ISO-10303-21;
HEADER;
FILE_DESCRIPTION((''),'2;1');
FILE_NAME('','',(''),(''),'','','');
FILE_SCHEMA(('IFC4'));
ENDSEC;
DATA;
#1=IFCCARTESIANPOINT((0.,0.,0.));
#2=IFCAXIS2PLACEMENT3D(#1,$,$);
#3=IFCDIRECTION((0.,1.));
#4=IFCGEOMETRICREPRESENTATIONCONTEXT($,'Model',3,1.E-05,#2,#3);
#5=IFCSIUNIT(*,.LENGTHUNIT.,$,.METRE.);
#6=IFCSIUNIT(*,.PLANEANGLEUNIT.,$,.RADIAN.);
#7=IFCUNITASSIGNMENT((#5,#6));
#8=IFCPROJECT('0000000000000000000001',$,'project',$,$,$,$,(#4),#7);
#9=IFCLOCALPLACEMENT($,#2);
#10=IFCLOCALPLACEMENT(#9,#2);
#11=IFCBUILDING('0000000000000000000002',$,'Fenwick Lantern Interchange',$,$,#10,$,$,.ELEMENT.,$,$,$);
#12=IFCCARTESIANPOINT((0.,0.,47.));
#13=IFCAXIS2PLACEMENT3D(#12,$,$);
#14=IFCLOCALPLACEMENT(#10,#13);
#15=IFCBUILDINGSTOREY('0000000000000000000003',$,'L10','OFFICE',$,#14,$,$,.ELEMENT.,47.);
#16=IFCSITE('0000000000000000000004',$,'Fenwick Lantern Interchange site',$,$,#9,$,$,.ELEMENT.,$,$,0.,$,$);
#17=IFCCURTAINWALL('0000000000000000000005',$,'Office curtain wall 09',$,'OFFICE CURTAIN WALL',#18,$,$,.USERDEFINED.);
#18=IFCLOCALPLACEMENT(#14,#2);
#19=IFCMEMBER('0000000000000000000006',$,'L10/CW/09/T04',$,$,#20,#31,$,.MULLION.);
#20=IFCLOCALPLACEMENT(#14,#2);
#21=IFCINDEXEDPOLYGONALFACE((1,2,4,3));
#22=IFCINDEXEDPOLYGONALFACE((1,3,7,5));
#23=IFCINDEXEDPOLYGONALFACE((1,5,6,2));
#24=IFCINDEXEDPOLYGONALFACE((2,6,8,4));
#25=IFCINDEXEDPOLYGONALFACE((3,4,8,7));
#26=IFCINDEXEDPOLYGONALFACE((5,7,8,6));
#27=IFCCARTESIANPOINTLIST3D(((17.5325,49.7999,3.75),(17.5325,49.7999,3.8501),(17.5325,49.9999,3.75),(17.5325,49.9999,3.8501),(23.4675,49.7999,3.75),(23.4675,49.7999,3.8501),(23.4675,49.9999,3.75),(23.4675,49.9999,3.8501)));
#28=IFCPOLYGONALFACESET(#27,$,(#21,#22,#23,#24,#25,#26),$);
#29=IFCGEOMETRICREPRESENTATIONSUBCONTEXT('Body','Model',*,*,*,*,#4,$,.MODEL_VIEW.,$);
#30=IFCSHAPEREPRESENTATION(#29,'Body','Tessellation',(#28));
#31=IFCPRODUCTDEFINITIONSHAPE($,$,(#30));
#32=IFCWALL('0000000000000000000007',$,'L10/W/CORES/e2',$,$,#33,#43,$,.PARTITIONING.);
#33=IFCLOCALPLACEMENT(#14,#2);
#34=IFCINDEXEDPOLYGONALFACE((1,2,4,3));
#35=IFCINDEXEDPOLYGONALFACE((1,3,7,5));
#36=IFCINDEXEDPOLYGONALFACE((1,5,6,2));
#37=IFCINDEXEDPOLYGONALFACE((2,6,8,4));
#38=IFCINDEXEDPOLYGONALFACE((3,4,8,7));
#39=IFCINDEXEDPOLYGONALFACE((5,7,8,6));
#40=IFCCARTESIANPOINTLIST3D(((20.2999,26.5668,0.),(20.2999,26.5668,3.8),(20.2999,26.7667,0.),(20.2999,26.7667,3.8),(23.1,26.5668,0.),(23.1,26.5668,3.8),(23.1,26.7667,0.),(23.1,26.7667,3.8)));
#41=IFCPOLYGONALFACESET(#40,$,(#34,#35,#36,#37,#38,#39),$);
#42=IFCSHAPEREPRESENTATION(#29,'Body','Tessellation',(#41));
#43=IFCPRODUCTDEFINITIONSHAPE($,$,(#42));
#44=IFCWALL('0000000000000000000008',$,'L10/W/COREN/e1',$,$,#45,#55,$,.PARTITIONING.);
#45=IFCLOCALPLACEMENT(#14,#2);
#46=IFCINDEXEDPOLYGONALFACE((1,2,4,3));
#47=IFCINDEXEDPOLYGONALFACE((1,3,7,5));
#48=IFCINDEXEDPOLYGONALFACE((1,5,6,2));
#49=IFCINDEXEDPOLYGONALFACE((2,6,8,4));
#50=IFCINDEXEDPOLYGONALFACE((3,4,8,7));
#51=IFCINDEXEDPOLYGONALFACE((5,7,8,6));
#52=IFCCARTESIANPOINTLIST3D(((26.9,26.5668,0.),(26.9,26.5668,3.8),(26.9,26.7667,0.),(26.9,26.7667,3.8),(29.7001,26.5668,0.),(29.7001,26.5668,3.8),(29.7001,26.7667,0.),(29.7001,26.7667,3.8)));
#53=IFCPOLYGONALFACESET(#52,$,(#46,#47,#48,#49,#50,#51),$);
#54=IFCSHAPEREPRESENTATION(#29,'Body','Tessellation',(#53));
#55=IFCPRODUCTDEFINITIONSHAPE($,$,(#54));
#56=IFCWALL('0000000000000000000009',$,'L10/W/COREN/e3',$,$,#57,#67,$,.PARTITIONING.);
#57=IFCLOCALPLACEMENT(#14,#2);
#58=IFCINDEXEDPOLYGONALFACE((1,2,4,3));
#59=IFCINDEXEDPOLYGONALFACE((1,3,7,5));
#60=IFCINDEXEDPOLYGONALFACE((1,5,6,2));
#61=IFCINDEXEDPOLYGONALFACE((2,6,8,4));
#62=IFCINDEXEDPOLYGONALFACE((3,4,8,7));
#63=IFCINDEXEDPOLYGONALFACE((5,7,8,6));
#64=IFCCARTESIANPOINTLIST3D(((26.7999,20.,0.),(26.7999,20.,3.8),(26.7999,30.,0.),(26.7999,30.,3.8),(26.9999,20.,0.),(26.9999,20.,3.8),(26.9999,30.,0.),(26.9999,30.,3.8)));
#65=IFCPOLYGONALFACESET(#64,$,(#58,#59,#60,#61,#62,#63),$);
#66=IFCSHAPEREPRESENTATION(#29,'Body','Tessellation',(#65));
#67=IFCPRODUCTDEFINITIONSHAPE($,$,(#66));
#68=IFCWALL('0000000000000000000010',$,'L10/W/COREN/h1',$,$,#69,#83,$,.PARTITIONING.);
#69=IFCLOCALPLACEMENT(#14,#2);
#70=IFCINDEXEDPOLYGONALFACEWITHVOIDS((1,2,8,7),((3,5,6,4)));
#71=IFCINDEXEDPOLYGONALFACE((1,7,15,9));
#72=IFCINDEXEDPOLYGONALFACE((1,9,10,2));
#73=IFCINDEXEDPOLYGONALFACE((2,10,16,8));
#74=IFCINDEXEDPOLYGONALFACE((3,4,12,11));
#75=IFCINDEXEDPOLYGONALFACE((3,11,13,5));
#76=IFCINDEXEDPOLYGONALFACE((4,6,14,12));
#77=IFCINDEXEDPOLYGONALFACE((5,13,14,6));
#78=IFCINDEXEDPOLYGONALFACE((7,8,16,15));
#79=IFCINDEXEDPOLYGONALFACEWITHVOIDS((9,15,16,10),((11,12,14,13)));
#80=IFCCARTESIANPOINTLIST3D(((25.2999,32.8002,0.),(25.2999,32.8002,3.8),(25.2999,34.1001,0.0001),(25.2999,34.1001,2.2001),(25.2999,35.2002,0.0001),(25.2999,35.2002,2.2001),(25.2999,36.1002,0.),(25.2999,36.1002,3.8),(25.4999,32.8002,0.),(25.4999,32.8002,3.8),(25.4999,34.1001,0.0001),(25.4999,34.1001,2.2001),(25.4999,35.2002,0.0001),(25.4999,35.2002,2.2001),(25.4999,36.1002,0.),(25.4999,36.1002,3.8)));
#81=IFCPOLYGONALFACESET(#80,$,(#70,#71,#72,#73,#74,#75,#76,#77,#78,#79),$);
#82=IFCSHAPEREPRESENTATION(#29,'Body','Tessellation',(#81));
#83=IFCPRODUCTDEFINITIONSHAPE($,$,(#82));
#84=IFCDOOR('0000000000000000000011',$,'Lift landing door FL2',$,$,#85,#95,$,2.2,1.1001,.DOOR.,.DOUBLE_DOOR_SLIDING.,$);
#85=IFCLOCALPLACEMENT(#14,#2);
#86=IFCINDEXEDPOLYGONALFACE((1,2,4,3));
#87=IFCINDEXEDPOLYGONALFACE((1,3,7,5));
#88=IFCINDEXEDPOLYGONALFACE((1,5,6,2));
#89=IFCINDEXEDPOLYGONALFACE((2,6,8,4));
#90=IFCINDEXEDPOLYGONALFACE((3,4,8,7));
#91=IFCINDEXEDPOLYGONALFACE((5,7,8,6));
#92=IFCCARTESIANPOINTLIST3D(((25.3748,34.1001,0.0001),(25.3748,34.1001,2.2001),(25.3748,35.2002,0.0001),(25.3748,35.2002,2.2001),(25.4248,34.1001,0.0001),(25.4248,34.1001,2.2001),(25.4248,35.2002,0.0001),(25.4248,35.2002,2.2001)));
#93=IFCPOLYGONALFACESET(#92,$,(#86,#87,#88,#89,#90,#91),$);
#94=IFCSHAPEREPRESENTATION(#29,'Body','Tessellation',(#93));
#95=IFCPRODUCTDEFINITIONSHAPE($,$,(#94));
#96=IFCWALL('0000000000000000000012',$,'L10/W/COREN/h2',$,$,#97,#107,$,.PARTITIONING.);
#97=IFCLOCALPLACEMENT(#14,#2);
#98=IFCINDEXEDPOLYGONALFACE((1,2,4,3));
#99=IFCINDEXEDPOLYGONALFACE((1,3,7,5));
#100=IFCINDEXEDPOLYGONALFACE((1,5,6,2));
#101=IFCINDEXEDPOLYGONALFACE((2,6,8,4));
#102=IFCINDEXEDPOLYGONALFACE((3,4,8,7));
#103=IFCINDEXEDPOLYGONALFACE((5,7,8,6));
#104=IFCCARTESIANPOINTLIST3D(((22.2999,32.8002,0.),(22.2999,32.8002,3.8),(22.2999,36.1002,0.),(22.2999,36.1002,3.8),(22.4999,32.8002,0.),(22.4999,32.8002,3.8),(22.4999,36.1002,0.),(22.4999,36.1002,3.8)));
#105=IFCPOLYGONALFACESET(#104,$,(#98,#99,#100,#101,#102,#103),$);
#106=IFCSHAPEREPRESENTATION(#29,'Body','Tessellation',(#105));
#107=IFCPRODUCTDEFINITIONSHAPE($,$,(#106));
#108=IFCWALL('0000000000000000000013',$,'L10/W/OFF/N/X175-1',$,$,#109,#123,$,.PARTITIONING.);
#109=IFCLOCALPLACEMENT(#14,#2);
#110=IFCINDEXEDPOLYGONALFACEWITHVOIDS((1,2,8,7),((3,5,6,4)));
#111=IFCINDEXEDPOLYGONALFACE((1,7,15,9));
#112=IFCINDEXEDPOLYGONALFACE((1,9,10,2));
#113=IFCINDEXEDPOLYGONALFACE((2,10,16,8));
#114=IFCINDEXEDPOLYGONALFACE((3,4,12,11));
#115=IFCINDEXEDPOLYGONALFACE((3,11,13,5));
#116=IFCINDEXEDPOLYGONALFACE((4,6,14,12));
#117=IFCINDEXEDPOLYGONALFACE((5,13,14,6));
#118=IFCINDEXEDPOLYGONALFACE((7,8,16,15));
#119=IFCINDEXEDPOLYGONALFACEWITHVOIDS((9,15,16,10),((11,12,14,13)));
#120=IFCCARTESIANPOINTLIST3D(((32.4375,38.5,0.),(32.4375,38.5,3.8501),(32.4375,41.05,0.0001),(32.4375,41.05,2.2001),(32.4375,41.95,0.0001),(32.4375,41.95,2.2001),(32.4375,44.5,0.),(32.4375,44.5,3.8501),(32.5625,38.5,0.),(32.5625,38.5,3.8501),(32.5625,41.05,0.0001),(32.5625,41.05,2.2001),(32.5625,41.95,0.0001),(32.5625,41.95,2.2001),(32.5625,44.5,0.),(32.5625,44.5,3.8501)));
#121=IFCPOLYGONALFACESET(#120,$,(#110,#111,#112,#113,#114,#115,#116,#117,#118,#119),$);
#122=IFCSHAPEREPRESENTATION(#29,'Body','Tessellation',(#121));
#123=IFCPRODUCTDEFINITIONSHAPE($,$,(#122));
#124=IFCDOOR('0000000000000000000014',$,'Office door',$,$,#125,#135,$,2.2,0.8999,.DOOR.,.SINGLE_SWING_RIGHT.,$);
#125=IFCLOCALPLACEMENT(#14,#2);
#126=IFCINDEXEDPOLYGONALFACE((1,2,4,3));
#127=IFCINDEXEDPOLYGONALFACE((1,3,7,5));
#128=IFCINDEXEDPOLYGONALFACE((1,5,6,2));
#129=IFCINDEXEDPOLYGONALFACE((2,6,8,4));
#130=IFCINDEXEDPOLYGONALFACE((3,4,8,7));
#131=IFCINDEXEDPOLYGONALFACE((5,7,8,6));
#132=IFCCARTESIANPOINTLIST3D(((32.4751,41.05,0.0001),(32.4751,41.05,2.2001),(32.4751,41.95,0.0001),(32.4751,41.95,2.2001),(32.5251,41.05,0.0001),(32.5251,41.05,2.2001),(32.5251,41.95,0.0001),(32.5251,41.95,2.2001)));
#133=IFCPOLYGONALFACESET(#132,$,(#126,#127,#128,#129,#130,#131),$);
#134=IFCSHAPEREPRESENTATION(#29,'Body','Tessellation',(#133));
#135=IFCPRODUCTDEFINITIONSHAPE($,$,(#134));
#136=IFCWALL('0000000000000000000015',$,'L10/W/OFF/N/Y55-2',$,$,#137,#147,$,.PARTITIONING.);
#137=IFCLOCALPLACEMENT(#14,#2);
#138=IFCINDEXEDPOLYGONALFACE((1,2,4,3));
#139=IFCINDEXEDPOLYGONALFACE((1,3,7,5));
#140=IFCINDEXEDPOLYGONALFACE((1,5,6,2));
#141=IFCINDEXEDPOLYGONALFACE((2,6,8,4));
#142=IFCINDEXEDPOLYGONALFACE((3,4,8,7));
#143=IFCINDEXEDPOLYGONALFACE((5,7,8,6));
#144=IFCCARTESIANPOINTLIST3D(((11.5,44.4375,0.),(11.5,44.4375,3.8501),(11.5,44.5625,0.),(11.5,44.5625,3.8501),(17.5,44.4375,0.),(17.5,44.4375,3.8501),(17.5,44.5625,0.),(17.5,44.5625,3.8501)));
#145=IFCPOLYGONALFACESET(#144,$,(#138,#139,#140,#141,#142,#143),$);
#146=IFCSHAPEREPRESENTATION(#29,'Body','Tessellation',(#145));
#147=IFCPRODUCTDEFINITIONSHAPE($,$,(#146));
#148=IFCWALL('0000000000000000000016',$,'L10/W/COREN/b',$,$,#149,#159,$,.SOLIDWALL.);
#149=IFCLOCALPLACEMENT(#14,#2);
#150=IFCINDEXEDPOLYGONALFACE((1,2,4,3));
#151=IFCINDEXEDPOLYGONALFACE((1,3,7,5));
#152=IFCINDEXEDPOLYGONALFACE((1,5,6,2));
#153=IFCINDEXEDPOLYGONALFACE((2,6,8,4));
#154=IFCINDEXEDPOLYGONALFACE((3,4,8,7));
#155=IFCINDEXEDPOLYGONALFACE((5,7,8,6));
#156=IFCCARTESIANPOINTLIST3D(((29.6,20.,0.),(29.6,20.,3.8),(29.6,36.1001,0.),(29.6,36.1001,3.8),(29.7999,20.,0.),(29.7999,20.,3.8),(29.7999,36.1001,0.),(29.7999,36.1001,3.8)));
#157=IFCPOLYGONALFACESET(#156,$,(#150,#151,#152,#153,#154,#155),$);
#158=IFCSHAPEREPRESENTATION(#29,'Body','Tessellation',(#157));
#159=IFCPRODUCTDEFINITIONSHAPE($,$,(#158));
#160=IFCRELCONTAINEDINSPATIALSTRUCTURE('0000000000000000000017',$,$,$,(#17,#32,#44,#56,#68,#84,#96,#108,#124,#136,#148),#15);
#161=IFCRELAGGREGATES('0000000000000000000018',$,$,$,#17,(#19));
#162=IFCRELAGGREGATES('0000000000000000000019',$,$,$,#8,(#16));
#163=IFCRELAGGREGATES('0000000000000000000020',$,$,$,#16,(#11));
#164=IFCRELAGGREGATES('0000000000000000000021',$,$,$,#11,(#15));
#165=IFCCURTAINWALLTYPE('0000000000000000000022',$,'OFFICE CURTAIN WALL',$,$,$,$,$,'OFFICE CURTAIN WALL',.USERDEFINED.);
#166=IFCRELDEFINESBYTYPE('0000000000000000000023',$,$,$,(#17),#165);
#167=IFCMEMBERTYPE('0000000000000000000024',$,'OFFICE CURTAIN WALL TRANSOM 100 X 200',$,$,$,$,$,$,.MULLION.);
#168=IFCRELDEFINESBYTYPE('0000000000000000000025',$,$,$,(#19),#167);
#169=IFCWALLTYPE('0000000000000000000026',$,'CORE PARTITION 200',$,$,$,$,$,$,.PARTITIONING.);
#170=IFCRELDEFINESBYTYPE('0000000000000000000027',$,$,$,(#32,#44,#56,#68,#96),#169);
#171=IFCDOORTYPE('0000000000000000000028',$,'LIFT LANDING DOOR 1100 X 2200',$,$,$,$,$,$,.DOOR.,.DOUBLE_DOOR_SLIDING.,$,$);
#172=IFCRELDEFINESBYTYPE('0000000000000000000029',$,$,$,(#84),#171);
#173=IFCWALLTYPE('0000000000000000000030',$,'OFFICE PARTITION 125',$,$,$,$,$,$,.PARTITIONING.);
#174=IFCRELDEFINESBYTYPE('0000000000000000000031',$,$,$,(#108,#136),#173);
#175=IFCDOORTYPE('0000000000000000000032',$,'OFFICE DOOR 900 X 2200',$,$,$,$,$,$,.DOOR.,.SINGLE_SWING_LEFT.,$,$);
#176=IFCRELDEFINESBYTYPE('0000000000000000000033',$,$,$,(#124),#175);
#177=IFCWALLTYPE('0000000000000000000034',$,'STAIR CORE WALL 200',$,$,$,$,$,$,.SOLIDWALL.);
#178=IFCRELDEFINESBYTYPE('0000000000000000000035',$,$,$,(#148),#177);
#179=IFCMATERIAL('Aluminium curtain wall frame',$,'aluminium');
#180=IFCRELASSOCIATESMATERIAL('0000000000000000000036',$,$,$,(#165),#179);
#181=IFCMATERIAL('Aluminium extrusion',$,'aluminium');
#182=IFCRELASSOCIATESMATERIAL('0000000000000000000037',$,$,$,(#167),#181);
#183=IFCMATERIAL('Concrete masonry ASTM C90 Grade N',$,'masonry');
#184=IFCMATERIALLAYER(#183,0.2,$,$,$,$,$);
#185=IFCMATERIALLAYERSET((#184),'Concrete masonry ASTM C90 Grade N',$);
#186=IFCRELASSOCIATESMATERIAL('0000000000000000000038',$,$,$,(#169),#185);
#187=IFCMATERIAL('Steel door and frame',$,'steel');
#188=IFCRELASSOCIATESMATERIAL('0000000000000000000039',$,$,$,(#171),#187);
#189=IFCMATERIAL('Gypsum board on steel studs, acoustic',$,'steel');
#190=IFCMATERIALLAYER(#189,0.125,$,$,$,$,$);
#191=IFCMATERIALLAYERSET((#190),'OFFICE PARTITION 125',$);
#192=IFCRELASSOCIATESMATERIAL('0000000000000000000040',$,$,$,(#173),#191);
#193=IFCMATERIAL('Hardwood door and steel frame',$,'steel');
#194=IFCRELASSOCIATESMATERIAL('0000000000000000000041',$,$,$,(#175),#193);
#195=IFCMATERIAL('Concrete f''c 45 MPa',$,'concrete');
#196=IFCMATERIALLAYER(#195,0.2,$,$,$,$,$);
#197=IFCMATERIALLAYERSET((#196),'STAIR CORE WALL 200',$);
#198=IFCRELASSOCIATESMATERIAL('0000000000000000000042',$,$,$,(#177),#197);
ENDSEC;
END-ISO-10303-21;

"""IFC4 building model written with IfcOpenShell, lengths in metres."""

from ifc_helpers import new_model, si_unit, direction, frame, frame_2d, origin, origin_2d, place, context, subcontext, project, spatial, rectangle, extrude, material, layer, layer_set, material_profile, profile_set, type_object, element, fill, aggregate, save


model = new_model("IFC4")

# Units and contexts
model_context = context("Model", 3, precision=1e-05, world=origin(), true_north=direction((0.0, 1.0)))
body_context = subcontext(model_context, "Body", "Model", "MODEL_VIEW")
ifc_project = project(units=[si_unit("LENGTHUNIT", "METRE"), si_unit("PLANEANGLEUNIT", "RADIAN")], contexts=[model_context])

# Site, building, storey
site_placement = place(None, origin())
site = spatial("IfcSite", under=ifc_project, at=site_placement, Name="Fenwick Lantern Interchange site", CompositionType="ELEMENT", RefElevation=0.0)
building_placement = place(site_placement, origin())
building = spatial("IfcBuilding", under=site, at=building_placement, Name="Fenwick Lantern Interchange", CompositionType="ELEMENT")
storey_placement = place(building_placement, frame((0.0, 0.0, 47.0)))
storey = spatial("IfcBuildingStorey", under=building, at=storey_placement, Name="L10", Description="OFFICE", CompositionType="ELEMENT", Elevation=47.0)

# Curtain wall, member
ifc_material_1 = material(Name="Aluminium curtain wall frame", Category="aluminium")
curtain_wall_type = type_object("IfcCurtainWallType", Name="OFFICE CURTAIN WALL", ElementType="OFFICE CURTAIN WALL", PredefinedType="USERDEFINED", material=ifc_material_1)
curtain_wall_placement = place(storey_placement, origin())
curtain_wall = element("IfcCurtainWall", 1, at=curtain_wall_placement, inside=storey, type_object=curtain_wall_type, Name="Office curtain wall 09", ObjectType="OFFICE CURTAIN WALL", PredefinedType="USERDEFINED")
ifc_material_2 = material(Name="Aluminium extrusion", Category="aluminium")
ifc_material_profile_1 = material_profile(ifc_material_2, rectangle(XDim=0.2, YDim=0.1001, at=origin_2d()), Name="OFFICE CURTAIN WALL TRANSOM 100 X 200")
ifc_profile_set_1 = profile_set([ifc_material_profile_1], Name="Aluminium extrusion")
member_type_1 = type_object("IfcMemberType", Name="OFFICE CURTAIN WALL TRANSOM 100 X 200", PredefinedType="MULLION", material=ifc_profile_set_1)
member_1_placement = place(storey_placement, frame((23.4675, 49.8999, 3.8), z_axis=(-1.0, 0.0, 0.0), x_axis=(0.0, -1.0, 0.0)))
member_1 = element("IfcMember", 2, at=member_1_placement, type_object=member_type_1, Name="L10/CW/09/T04", PredefinedType="MULLION", context=body_context, shape_type="SweptSolid", body=[
    extrude(rectangle(XDim=0.2, YDim=0.1001, at=origin_2d()), origin(), (0.0, 0.0, 1.0), 5.9351),
])
aggregate(curtain_wall, [member_1])

# Walls
ifc_material_3 = material(Name="Concrete masonry ASTM C90 Grade N", Category="masonry")
ifc_layer_1 = layer(ifc_material_3, 0.2)
ifc_layer_set_1 = layer_set([ifc_layer_1], Name="Concrete masonry ASTM C90 Grade N")
wall_type_1 = type_object("IfcWallType", Name="CORE PARTITION 200", PredefinedType="PARTITIONING", material=ifc_layer_set_1)
for number, where, z_axis, x_axis, name in (
    (3, (20.3, 26.6667, 0.0), (0.0, 0.0, 1.0), (1.0, 0.0, 0.0), "L10/W/CORES/e2"),
    (4, (29.7, 26.6667, 0.0), (0.0, 0.0, 1.0), (-1.0, 0.0, 0.0), "L10/W/COREN/e1"),
):
    element("IfcWall", number, at=place(storey_placement, frame(where, z_axis=z_axis, x_axis=x_axis)), inside=storey, type_object=wall_type_1, Name=name, PredefinedType="PARTITIONING", context=body_context, shape_type="SweptSolid", body=[
        extrude(rectangle(XDim=2.8, YDim=0.2, at=frame_2d((1.3999, 0.0))), origin(), (0.0, 0.0, 1.0), 3.8),
    ])
wall_1_placement = place(storey_placement, frame((26.8999, 30.0, 0.0), z_axis=(0.0, 0.0, 1.0), x_axis=(0.0, -1.0, 0.0)))
element("IfcWall", 5, at=wall_1_placement, inside=storey, type_object=wall_type_1, Name="L10/W/COREN/e3", PredefinedType="PARTITIONING", context=body_context, shape_type="SweptSolid", body=[
    extrude(rectangle(XDim=10.0, YDim=0.2, at=frame_2d((5.0, 0.0))), origin(), (0.0, 0.0, 1.0), 3.8),
])

# Wall, opening, door
wall_2_placement = place(storey_placement, frame((25.3999, 36.1001, 0.0), z_axis=(0.0, 0.0, 1.0), x_axis=(0.0, -1.0, 0.0)))
wall_2 = element("IfcWall", 6, at=wall_2_placement, inside=storey, type_object=wall_type_1, Name="L10/W/COREN/h1", PredefinedType="PARTITIONING", context=body_context, shape_type="SweptSolid", body=[
    extrude(rectangle(XDim=3.3, YDim=0.2, at=frame_2d((1.6499, 0.0))), origin(), (0.0, 0.0, 1.0), 3.8),
])
opening_1_placement = place(wall_2_placement, frame((0.8999, 0.0, 0.0)))
opening_1 = element("IfcOpeningElement", 7, at=opening_1_placement, cuts=wall_2, PredefinedType="OPENING", context=body_context, shape_type="SweptSolid", body=[
    extrude(rectangle(XDim=1.1001, YDim=2.2, at=frame_2d((0.55, 1.1001))), frame((0.0, 0.1099, 0.0), z_axis=(0.0, -1.0, 0.0), x_axis=(1.0, 0.0, 0.0)), (0.0, 0.0, 1.0), 0.22),
])
ifc_material_4 = material(Name="Steel door and frame", Category="steel")
door_type_1 = type_object("IfcDoorType", Name="LIFT LANDING DOOR 1100 X 2200", OperationType="DOUBLE_DOOR_SLIDING", PredefinedType="DOOR", material=ifc_material_4)
door_1_placement = place(opening_1_placement, origin())
door_1 = element("IfcDoor", 8, at=door_1_placement, inside=storey, type_object=door_type_1, Name="Lift landing door FL2", OperationType="DOUBLE_DOOR_SLIDING", OverallHeight=2.2, OverallWidth=1.1001, PredefinedType="DOOR", context=body_context, shape_type="SweptSolid", body=[
    extrude(rectangle(XDim=1.1001, YDim=2.2, at=frame_2d((0.55, 1.1001))), frame((0.0, 0.0249, 0.0), z_axis=(0.0, -1.0, 0.0), x_axis=(1.0, 0.0, 0.0)), (0.0, 0.0, 1.0), 0.05),
])
fill(opening_1, door_1)

# Wall
wall_3_placement = place(storey_placement, frame((22.3999, 36.1001, 0.0), z_axis=(0.0, 0.0, 1.0), x_axis=(0.0, -1.0, 0.0)))
element("IfcWall", 9, at=wall_3_placement, inside=storey, type_object=wall_type_1, Name="L10/W/COREN/h2", PredefinedType="PARTITIONING", context=body_context, shape_type="SweptSolid", body=[
    extrude(rectangle(XDim=3.3, YDim=0.2, at=frame_2d((1.6499, 0.0))), origin(), (0.0, 0.0, 1.0), 3.8),
])

# Wall, opening, door
ifc_material_5 = material(Name="Gypsum board on steel studs, acoustic", Category="steel")
ifc_layer_2 = layer(ifc_material_5, 0.125)
ifc_layer_set_2 = layer_set([ifc_layer_2], Name="OFFICE PARTITION 125")
wall_type_2 = type_object("IfcWallType", Name="OFFICE PARTITION 125", PredefinedType="PARTITIONING", material=ifc_layer_set_2)
wall_4_placement = place(storey_placement, frame((32.5, 44.5, 0.0), z_axis=(0.0, 0.0, 1.0), x_axis=(0.0, -1.0, 0.0)))
wall_4 = element("IfcWall", 10, at=wall_4_placement, inside=storey, type_object=wall_type_2, Name="L10/W/OFF/N/X175-1", PredefinedType="PARTITIONING", context=body_context, shape_type="SweptSolid", body=[
    extrude(rectangle(XDim=6.0, YDim=0.125, at=frame_2d((3.0, 0.0))), origin(), (0.0, 0.0, 1.0), 3.8501),
])
opening_2_placement = place(wall_4_placement, frame((2.55, 0.0, 0.0)))
opening_2 = element("IfcOpeningElement", 11, at=opening_2_placement, cuts=wall_4, PredefinedType="OPENING", context=body_context, shape_type="SweptSolid", body=[
    extrude(rectangle(XDim=0.8999, YDim=2.2, at=frame_2d((0.45, 1.1001))), frame((0.0, 0.0725, 0.0), z_axis=(0.0, -1.0, 0.0), x_axis=(1.0, 0.0, 0.0)), (0.0, 0.0, 1.0), 0.145),
])
ifc_material_6 = material(Name="Hardwood door and steel frame", Category="steel")
door_type_2 = type_object("IfcDoorType", Name="OFFICE DOOR 900 X 2200", OperationType="SINGLE_SWING_LEFT", PredefinedType="DOOR", material=ifc_material_6)
door_2_placement = place(opening_2_placement, frame((0.8999, 0.0, 0.0), z_axis=(0.0, 0.0, 1.0), x_axis=(-1.0, 0.0, 0.0)))
door_2 = element("IfcDoor", 12, at=door_2_placement, inside=storey, type_object=door_type_2, Name="Office door", OperationType="SINGLE_SWING_RIGHT", OverallHeight=2.2, OverallWidth=0.8999, PredefinedType="DOOR", context=body_context, shape_type="SweptSolid", body=[
    extrude(rectangle(XDim=0.8999, YDim=2.2, at=frame_2d((0.45, 1.1001))), frame((0.0, 0.0249, 0.0), z_axis=(0.0, -1.0, 0.0), x_axis=(1.0, 0.0, 0.0)), (0.0, 0.0, 1.0), 0.05),
])
fill(opening_2, door_2)

# Walls
wall_5_placement = place(storey_placement, frame((17.5, 44.5, 0.0), z_axis=(0.0, 0.0, 1.0), x_axis=(-1.0, 0.0, 0.0)))
element("IfcWall", 13, at=wall_5_placement, inside=storey, type_object=wall_type_2, Name="L10/W/OFF/N/Y55-2", PredefinedType="PARTITIONING", context=body_context, shape_type="SweptSolid", body=[
    extrude(rectangle(XDim=6.0, YDim=0.125, at=frame_2d((3.0, 0.0))), origin(), (0.0, 0.0, 1.0), 3.8501),
])
ifc_material_7 = material(Name="Concrete f'c 45 MPa", Category="concrete")
ifc_layer_3 = layer(ifc_material_7, 0.2)
ifc_layer_set_3 = layer_set([ifc_layer_3], Name="STAIR CORE WALL 200")
wall_type_3 = type_object("IfcWallType", Name="STAIR CORE WALL 200", PredefinedType="SOLIDWALL", material=ifc_layer_set_3)
wall_6_placement = place(storey_placement, frame((29.7, 36.1001, 0.0), z_axis=(0.0, 0.0, 1.0), x_axis=(0.0, -1.0, 0.0)))
element("IfcWall", 14, at=wall_6_placement, inside=storey, type_object=wall_type_3, Name="L10/W/COREN/b", PredefinedType="SOLIDWALL", context=body_context, shape_type="SweptSolid", body=[
    extrude(rectangle(XDim=16.1001, YDim=0.2, at=frame_2d((8.05, 0.0))), origin(), (0.0, 0.0, 1.0), 3.8),
])

save(model, "model.ifc")
